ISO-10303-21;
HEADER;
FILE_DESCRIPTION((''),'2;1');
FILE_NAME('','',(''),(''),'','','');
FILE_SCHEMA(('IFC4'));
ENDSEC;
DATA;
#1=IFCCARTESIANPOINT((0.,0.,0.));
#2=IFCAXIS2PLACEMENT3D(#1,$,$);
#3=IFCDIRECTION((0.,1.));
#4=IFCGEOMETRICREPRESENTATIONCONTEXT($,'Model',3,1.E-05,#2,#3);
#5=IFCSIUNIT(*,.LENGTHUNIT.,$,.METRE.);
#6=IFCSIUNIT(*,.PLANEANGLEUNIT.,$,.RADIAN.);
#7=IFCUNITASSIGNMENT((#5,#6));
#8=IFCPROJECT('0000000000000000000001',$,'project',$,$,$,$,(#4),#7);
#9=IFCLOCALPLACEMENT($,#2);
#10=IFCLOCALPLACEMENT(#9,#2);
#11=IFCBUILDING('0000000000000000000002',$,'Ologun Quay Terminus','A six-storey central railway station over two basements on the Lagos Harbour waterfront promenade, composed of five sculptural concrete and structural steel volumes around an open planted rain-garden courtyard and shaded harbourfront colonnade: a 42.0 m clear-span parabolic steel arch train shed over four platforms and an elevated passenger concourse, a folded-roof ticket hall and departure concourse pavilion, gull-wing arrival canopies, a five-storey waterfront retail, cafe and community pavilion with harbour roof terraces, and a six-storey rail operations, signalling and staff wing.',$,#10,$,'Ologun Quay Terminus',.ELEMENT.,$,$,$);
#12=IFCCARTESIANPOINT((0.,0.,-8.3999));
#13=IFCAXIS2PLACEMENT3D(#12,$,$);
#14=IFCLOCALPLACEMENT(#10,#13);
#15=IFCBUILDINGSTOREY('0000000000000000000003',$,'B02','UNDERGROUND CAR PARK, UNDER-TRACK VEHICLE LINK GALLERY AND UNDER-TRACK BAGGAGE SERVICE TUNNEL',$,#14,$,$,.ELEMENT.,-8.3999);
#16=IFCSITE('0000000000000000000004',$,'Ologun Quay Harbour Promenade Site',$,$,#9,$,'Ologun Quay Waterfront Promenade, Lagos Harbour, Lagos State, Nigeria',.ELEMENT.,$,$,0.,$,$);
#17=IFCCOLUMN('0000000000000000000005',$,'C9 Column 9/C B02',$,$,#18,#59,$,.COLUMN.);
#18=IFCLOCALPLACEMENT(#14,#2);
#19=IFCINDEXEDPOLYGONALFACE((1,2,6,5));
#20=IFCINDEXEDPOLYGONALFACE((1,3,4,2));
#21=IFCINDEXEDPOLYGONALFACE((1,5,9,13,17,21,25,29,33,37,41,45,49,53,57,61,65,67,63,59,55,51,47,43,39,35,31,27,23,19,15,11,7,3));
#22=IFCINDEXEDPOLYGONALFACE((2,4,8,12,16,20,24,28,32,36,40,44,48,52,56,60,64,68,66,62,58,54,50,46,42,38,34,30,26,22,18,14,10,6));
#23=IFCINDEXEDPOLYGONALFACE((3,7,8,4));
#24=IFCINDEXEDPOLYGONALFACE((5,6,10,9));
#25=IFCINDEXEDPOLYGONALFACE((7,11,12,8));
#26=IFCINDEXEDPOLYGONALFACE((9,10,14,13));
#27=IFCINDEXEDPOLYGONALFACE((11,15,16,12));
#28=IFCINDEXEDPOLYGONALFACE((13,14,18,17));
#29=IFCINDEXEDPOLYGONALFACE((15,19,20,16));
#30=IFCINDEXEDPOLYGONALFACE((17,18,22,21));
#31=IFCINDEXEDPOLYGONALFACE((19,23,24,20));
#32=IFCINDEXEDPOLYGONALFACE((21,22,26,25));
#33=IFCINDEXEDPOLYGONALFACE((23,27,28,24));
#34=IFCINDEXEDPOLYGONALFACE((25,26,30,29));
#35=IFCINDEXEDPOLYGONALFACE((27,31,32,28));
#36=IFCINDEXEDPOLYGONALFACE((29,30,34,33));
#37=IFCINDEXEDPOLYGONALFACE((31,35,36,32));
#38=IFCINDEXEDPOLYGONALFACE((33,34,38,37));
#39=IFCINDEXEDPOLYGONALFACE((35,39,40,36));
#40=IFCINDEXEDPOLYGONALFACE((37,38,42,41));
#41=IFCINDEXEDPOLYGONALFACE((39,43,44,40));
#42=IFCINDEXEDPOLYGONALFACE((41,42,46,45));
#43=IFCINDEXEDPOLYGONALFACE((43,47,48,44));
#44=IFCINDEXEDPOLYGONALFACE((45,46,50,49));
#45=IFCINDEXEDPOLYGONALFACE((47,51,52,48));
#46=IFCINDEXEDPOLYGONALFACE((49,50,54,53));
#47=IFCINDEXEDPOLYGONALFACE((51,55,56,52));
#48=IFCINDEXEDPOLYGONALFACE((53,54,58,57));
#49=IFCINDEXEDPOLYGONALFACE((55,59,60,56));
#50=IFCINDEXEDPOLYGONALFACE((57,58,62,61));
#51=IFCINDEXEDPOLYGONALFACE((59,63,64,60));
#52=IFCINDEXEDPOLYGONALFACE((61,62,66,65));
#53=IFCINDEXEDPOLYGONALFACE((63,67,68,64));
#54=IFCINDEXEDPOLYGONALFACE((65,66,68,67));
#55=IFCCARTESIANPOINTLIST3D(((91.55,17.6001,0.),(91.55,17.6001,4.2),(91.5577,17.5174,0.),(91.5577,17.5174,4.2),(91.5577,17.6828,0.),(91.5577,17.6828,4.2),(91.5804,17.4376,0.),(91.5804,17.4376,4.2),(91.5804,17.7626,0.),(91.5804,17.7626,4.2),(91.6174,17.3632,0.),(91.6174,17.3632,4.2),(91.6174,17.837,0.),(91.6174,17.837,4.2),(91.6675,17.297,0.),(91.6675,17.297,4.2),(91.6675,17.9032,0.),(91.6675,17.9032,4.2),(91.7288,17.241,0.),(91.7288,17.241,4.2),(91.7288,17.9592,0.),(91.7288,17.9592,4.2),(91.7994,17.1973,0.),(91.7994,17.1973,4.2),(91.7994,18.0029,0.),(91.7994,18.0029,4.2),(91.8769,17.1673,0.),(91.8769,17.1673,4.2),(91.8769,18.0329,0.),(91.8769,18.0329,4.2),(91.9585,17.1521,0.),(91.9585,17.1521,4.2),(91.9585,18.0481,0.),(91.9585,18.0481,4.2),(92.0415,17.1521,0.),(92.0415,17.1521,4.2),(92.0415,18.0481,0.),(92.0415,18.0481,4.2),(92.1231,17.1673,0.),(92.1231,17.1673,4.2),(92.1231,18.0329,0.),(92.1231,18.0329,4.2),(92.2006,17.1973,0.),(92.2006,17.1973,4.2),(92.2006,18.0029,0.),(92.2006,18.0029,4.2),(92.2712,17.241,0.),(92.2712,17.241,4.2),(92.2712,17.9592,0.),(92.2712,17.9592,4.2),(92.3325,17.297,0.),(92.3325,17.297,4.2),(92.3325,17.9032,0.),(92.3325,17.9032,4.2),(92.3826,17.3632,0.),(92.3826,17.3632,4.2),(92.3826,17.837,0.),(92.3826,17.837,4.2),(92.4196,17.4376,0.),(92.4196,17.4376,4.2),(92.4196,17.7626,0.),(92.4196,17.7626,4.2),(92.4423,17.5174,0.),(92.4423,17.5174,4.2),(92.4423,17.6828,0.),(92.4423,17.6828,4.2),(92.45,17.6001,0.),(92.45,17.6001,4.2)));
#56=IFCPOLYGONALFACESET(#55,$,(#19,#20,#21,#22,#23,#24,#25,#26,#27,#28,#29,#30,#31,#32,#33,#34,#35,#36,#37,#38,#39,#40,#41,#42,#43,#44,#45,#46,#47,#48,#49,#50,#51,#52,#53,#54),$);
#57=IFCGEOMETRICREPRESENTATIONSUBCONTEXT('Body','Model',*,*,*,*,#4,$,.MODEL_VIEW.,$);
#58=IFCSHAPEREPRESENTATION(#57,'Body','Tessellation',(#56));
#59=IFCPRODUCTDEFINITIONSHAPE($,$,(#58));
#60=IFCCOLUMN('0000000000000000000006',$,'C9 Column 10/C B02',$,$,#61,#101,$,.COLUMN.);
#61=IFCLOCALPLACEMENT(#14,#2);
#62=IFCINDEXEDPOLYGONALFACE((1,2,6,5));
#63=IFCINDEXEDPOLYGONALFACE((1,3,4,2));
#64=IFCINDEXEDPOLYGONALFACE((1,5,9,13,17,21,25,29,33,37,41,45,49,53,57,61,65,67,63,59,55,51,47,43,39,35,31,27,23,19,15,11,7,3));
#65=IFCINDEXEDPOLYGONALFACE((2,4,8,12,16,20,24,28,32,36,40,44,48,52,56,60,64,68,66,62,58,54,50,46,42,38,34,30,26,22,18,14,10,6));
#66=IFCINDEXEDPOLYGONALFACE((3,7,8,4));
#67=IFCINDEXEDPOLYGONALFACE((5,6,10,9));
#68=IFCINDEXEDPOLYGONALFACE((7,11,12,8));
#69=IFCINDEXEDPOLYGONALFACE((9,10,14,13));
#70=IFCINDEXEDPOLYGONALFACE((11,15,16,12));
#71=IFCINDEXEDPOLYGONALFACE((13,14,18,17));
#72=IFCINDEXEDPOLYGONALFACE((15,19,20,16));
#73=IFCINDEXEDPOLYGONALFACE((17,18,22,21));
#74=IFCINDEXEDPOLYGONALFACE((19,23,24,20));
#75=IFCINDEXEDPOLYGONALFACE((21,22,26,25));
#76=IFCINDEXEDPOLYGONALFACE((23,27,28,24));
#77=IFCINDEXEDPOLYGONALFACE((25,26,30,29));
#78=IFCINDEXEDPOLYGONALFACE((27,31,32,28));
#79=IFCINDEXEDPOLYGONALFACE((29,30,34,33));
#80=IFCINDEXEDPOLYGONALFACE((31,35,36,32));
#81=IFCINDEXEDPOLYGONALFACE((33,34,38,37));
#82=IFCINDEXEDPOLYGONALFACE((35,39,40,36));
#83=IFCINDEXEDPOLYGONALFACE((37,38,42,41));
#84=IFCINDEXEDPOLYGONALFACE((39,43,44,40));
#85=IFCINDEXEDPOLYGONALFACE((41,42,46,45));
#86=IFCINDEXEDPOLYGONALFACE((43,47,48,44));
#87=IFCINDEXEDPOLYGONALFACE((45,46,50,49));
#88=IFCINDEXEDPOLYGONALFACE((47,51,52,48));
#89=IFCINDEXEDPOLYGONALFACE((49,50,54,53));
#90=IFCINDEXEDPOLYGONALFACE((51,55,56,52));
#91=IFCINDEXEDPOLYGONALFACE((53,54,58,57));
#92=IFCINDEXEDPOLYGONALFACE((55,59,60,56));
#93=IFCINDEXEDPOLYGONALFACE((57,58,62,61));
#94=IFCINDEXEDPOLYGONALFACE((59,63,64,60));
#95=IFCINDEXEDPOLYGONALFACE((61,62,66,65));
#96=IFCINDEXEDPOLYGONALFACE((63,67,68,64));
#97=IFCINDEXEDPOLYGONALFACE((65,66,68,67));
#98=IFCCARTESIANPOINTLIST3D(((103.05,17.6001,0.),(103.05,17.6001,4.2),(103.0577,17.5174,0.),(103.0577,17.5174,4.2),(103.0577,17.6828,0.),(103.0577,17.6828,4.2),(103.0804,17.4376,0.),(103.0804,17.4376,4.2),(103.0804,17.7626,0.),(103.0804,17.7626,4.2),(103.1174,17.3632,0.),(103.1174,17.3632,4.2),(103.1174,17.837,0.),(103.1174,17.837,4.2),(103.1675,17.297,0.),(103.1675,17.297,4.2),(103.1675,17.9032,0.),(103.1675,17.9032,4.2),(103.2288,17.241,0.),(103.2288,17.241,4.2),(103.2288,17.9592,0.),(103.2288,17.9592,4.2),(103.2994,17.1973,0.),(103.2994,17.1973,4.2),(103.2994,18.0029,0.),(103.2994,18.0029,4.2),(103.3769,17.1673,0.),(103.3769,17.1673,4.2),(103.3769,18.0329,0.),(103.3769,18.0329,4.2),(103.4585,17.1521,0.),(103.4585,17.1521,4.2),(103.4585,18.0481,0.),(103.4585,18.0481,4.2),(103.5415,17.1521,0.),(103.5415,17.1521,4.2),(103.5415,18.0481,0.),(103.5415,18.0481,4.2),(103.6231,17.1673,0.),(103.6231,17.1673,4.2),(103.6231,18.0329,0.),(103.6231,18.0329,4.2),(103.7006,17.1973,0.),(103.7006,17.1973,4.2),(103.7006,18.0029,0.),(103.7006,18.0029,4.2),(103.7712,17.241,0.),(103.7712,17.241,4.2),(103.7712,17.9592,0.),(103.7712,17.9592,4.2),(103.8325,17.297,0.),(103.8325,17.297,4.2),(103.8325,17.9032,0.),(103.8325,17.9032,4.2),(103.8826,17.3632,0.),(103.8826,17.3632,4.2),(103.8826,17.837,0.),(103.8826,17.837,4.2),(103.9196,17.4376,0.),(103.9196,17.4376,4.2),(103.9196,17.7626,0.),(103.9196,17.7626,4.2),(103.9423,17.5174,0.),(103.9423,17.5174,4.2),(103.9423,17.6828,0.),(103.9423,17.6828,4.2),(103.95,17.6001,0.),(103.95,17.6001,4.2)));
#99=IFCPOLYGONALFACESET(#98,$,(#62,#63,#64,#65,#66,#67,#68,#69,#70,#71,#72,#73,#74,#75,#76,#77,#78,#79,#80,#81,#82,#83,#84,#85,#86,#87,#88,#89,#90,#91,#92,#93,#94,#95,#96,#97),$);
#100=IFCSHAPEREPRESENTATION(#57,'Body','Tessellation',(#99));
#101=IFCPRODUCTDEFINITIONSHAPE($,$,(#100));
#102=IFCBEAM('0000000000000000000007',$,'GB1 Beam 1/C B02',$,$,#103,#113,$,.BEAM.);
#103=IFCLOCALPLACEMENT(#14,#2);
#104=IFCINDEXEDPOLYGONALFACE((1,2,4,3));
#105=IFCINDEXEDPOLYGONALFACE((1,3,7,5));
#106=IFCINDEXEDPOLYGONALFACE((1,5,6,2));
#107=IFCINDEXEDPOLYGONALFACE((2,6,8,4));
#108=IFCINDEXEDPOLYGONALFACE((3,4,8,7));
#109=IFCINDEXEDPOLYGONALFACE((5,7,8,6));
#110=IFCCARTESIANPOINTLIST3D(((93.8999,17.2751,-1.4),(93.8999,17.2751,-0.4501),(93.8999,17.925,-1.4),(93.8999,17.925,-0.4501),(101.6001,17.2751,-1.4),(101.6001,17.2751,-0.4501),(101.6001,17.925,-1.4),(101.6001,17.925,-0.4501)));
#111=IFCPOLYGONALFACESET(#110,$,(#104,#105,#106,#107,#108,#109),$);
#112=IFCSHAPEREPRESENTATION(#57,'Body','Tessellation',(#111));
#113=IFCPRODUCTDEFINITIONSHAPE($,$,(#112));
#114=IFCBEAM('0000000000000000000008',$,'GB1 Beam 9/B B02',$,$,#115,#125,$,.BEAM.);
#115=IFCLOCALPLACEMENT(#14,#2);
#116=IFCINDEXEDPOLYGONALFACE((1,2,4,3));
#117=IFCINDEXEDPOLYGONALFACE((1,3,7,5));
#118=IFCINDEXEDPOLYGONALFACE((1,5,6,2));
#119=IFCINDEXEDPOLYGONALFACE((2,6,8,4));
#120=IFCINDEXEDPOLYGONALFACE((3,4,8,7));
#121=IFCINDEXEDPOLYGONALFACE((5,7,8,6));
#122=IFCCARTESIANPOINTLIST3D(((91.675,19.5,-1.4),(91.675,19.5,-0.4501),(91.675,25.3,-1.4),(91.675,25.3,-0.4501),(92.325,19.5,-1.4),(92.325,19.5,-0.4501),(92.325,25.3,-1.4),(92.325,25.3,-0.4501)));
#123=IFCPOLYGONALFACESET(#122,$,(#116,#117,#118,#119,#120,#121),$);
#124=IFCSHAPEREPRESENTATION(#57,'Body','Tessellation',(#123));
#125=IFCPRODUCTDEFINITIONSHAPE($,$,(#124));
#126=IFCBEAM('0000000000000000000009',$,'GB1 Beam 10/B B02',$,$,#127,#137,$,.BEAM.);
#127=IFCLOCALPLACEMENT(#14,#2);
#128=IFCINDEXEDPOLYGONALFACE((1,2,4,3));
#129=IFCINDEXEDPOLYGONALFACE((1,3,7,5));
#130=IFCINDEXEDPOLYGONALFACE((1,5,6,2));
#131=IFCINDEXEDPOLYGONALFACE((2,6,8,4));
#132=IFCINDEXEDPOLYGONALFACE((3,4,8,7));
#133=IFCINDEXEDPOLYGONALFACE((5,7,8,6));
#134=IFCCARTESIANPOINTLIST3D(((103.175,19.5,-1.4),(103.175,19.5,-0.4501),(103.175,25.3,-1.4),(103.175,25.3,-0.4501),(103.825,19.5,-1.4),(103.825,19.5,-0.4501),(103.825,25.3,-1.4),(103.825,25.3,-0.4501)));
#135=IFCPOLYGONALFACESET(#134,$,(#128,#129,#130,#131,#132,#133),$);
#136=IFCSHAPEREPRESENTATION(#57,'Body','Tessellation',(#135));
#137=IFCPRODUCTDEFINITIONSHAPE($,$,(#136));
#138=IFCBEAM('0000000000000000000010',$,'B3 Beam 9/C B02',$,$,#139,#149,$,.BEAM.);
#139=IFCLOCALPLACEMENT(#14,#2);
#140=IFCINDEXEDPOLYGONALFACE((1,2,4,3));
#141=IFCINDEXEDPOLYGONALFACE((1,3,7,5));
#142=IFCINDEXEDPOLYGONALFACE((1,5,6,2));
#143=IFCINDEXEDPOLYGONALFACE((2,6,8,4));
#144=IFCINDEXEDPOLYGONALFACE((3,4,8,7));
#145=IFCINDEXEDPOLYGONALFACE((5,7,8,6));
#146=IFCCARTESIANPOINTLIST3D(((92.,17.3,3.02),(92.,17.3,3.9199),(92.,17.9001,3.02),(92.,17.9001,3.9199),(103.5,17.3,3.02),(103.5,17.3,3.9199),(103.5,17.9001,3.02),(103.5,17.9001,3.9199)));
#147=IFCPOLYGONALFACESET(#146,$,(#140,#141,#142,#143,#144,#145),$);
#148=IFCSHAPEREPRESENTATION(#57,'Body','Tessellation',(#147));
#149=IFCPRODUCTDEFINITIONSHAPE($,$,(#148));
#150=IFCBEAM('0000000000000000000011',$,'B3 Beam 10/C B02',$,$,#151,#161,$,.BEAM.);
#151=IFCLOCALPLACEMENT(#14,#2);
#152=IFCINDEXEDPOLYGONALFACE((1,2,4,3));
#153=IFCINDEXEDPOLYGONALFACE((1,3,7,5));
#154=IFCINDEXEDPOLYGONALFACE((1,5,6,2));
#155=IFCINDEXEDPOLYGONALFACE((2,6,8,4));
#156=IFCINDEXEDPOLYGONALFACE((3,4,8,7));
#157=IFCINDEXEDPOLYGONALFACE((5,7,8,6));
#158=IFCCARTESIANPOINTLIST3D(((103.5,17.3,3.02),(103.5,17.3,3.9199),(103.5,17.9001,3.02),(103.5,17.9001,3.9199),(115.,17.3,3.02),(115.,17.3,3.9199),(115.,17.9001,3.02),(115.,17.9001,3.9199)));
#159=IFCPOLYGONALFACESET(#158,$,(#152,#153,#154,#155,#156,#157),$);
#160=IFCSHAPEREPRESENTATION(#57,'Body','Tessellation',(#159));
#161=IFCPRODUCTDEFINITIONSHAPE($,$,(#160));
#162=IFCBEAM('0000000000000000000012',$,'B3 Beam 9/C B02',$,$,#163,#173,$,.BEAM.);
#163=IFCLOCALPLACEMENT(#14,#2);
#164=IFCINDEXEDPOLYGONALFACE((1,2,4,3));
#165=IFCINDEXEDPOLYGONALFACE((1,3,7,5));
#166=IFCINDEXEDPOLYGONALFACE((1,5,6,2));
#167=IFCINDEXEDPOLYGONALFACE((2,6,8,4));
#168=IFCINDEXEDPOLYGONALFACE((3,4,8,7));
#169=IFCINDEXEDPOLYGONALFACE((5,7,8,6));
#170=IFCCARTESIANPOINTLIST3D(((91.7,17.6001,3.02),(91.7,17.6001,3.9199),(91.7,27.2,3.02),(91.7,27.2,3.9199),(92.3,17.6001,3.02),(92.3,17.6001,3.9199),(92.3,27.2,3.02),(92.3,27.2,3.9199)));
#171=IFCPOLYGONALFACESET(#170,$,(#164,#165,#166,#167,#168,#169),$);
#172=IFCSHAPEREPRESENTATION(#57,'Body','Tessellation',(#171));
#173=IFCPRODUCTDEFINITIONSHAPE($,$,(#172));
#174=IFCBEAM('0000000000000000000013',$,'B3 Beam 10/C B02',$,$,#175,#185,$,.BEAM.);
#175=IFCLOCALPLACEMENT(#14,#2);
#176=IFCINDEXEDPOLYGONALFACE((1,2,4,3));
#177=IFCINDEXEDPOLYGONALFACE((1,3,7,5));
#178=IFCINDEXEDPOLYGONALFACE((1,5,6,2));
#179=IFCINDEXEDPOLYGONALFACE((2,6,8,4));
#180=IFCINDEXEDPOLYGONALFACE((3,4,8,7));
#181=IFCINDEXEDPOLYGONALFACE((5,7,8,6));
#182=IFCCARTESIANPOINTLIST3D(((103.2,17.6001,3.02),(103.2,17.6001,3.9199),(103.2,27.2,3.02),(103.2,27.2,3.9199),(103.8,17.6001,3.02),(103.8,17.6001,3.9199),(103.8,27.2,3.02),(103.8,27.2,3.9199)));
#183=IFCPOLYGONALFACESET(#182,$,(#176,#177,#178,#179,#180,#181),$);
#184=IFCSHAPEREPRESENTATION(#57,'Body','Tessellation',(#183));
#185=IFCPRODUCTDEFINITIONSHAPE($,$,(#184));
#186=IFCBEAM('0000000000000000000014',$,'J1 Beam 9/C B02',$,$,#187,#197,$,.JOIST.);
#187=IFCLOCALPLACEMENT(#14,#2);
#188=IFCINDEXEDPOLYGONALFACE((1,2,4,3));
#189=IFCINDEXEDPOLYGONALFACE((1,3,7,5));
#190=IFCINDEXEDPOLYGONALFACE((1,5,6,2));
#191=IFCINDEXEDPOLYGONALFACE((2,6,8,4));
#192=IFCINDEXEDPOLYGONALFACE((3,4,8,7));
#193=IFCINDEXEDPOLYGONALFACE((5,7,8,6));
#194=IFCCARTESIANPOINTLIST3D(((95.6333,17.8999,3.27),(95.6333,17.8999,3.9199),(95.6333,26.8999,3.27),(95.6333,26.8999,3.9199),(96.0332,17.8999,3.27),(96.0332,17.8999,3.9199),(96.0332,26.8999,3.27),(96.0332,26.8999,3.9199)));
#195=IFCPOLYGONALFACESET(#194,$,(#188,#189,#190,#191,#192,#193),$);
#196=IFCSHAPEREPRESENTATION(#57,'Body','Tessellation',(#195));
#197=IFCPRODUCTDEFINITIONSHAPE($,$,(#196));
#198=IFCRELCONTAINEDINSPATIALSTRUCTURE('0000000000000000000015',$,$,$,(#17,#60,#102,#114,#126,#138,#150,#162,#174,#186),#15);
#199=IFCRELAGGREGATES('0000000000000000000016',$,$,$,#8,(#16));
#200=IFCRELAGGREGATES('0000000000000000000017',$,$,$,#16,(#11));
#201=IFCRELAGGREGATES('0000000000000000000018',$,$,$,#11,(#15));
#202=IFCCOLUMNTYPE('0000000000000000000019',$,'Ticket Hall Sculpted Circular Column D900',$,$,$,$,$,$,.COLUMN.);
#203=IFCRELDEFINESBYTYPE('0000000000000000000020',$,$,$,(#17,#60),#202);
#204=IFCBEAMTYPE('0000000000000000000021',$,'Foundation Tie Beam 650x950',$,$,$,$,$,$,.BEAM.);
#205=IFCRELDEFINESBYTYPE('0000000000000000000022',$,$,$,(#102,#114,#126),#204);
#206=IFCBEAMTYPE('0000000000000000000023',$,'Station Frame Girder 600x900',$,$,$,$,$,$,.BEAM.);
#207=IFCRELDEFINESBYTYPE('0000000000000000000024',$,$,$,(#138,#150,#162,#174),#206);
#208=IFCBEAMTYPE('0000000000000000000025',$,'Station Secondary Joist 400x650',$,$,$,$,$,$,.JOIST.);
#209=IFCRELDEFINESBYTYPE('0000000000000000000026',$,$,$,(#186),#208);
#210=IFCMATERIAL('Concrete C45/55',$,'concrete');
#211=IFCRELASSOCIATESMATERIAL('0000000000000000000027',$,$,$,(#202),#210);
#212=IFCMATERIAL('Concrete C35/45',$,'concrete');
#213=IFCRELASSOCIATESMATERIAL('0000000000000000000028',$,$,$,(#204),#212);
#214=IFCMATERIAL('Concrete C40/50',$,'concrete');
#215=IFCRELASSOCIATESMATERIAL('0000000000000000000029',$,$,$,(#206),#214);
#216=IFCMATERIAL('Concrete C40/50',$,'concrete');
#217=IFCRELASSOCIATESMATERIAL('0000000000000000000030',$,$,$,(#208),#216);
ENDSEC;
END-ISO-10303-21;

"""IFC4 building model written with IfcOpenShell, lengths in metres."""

from ifc_helpers import new_model, si_unit, direction, frame, origin, origin_2d, place, context, subcontext, project, spatial, rectangle, circle, extrude, material, material_profile, profile_set, type_object, element, save


model = new_model("IFC4")

# Units and contexts
model_context = context("Model", 3, precision=1e-05, world=origin(), true_north=direction((0.0, 1.0)))
body_context = subcontext(model_context, "Body", "Model", "MODEL_VIEW")
ifc_project = project(units=[si_unit("LENGTHUNIT", "METRE"), si_unit("PLANEANGLEUNIT", "RADIAN")], contexts=[model_context])

# Site, building, storey
site_placement = place(None, origin())
site = spatial("IfcSite", under=ifc_project, at=site_placement, Name="Ologun Quay Harbour Promenade Site", LongName="Ologun Quay Waterfront Promenade, Lagos Harbour, Lagos State, Nigeria", CompositionType="ELEMENT", RefElevation=0.0)
building_placement = place(site_placement, origin())
building = spatial("IfcBuilding", under=site, at=building_placement, Name="Ologun Quay Terminus", Description="A six-storey central railway station over two basements on the Lagos Harbour waterfront promenade, composed of five sculptural concrete and structural steel volumes around an open planted rain-garden courtyard and shaded harbourfront colonnade: a 42.0 m clear-span parabolic steel arch train shed over four platforms and an elevated passenger concourse, a folded-roof ticket hall and departure concourse pavilion, gull-wing arrival canopies, a five-storey waterfront retail, cafe and community pavilion with harbour roof terraces, and a six-storey rail operations, signalling and staff wing.", LongName="Ologun Quay Terminus", CompositionType="ELEMENT")
storey_placement = place(building_placement, frame((0.0, 0.0, -8.3999)))
storey = spatial("IfcBuildingStorey", under=building, at=storey_placement, Name="B02", Description="UNDERGROUND CAR PARK, UNDER-TRACK VEHICLE LINK GALLERY AND UNDER-TRACK BAGGAGE SERVICE TUNNEL", CompositionType="ELEMENT", Elevation=-8.3999)

# Columns
ifc_material_1 = material(Name="Concrete C45/55", Category="concrete")
ifc_material_profile_1 = material_profile(ifc_material_1, circle(Radius=0.45, at=origin_2d()), Name="RC D900")
ifc_profile_set_1 = profile_set([ifc_material_profile_1], Name="Concrete C45/55")
column_type = type_object("IfcColumnType", Name="Ticket Hall Sculpted Circular Column D900", PredefinedType="COLUMN", material=ifc_profile_set_1)
for number, where, z_axis, x_axis, name in (
    (1, (92.0, 17.6001, 0.0), (0.0, 0.0, 1.0), (1.0, 0.0, 0.0), "C9 Column 9/C B02"),
    (2, (103.5, 17.6001, 0.0), (0.0, 0.0, 1.0), (1.0, 0.0, 0.0), "C9 Column 10/C B02"),
):
    element("IfcColumn", number, at=place(storey_placement, frame(where, z_axis=z_axis, x_axis=x_axis)), inside=storey, type_object=column_type, Name=name, PredefinedType="COLUMN", context=body_context, shape_type="SweptSolid", body=[
        extrude(circle(Radius=0.45, at=origin_2d()), origin(), (0.0, 0.0, 1.0), 4.2),
    ])

# Beams
ifc_material_2 = material(Name="Concrete C35/45", Category="concrete")
ifc_material_profile_2 = material_profile(ifc_material_2, rectangle(XDim=0.6499, YDim=0.95, at=origin_2d()), Name="RC 650x950")
ifc_profile_set_2 = profile_set([ifc_material_profile_2], Name="Concrete C35/45")
beam_type_1 = type_object("IfcBeamType", Name="Foundation Tie Beam 650x950", PredefinedType="BEAM", material=ifc_profile_set_2)
beam_placement = place(storey_placement, frame((93.8999, 17.6001, -0.925), z_axis=(1.0, 0.0, 0.0), x_axis=(0.0, 1.0, 0.0)))
element("IfcBeam", 3, at=beam_placement, inside=storey, type_object=beam_type_1, Name="GB1 Beam 1/C B02", PredefinedType="BEAM", context=body_context, shape_type="SweptSolid", body=[
    extrude(rectangle(XDim=0.6499, YDim=0.95, at=origin_2d()), origin(), (0.0, 0.0, 1.0), 7.7002),
])
for number, where, z_axis, x_axis, name in (
    (4, (92.0, 19.5, -0.925), (0.0, 1.0, 0.0), (-1.0, 0.0, 0.0), "GB1 Beam 9/B B02"),
    (5, (103.5, 19.5, -0.925), (0.0, 1.0, 0.0), (-1.0, 0.0, 0.0), "GB1 Beam 10/B B02"),
):
    element("IfcBeam", number, at=place(storey_placement, frame(where, z_axis=z_axis, x_axis=x_axis)), inside=storey, type_object=beam_type_1, Name=name, PredefinedType="BEAM", context=body_context, shape_type="SweptSolid", body=[
        extrude(rectangle(XDim=0.6499, YDim=0.95, at=origin_2d()), origin(), (0.0, 0.0, 1.0), 5.8),
    ])
ifc_material_3 = material(Name="Concrete C40/50", Category="concrete")
ifc_material_profile_3 = material_profile(ifc_material_3, rectangle(XDim=0.6001, YDim=0.8999, at=origin_2d()), Name="RC 600x900")
ifc_profile_set_3 = profile_set([ifc_material_profile_3], Name="Concrete C40/50")
beam_type_2 = type_object("IfcBeamType", Name="Station Frame Girder 600x900", PredefinedType="BEAM", material=ifc_profile_set_3)
for number, where, z_axis, x_axis, name in (
    (6, (92.0, 17.6001, 3.47), (1.0, 0.0, 0.0), (0.0, 1.0, 0.0), "B3 Beam 9/C B02"),
    (7, (103.5, 17.6001, 3.47), (1.0, 0.0, 0.0), (0.0, 1.0, 0.0), "B3 Beam 10/C B02"),
):
    element("IfcBeam", number, at=place(storey_placement, frame(where, z_axis=z_axis, x_axis=x_axis)), inside=storey, type_object=beam_type_2, Name=name, PredefinedType="BEAM", context=body_context, shape_type="SweptSolid", body=[
        extrude(rectangle(XDim=0.6001, YDim=0.8999, at=origin_2d()), origin(), (0.0, 0.0, 1.0), 11.5),
    ])
for number, where, z_axis, x_axis, name in (
    (8, (92.0, 17.6001, 3.47), (0.0, 1.0, 0.0), (-1.0, 0.0, 0.0), "B3 Beam 9/C B02"),
    (9, (103.5, 17.6001, 3.47), (0.0, 1.0, 0.0), (-1.0, 0.0, 0.0), "B3 Beam 10/C B02"),
):
    element("IfcBeam", number, at=place(storey_placement, frame(where, z_axis=z_axis, x_axis=x_axis)), inside=storey, type_object=beam_type_2, Name=name, PredefinedType="BEAM", context=body_context, shape_type="SweptSolid", body=[
        extrude(rectangle(XDim=0.6001, YDim=0.8999, at=origin_2d()), origin(), (0.0, 0.0, 1.0), 9.5999),
    ])
ifc_material_4 = material(Name="Concrete C40/50", Category="concrete")
ifc_material_profile_4 = material_profile(ifc_material_4, rectangle(XDim=0.3999, YDim=0.6499, at=origin_2d()), Name="RC 400x650")
ifc_profile_set_4 = profile_set([ifc_material_profile_4], Name="Concrete C40/50")
beam_type_3 = type_object("IfcBeamType", Name="Station Secondary Joist 400x650", PredefinedType="JOIST", material=ifc_profile_set_4)
for number, where, z_axis, x_axis, name in (
    (10, (95.8333, 17.8999, 3.595), (0.0, 1.0, 0.0), (-1.0, 0.0, 0.0), "J1 Beam 9/C B02"),
):
    element("IfcBeam", number, at=place(storey_placement, frame(where, z_axis=z_axis, x_axis=x_axis)), inside=storey, type_object=beam_type_3, Name=name, PredefinedType="JOIST", context=body_context, shape_type="SweptSolid", body=[
        extrude(rectangle(XDim=0.3999, YDim=0.6499, at=origin_2d()), origin(), (0.0, 0.0, 1.0), 9.0),
    ])

save(model, "model.ifc")
